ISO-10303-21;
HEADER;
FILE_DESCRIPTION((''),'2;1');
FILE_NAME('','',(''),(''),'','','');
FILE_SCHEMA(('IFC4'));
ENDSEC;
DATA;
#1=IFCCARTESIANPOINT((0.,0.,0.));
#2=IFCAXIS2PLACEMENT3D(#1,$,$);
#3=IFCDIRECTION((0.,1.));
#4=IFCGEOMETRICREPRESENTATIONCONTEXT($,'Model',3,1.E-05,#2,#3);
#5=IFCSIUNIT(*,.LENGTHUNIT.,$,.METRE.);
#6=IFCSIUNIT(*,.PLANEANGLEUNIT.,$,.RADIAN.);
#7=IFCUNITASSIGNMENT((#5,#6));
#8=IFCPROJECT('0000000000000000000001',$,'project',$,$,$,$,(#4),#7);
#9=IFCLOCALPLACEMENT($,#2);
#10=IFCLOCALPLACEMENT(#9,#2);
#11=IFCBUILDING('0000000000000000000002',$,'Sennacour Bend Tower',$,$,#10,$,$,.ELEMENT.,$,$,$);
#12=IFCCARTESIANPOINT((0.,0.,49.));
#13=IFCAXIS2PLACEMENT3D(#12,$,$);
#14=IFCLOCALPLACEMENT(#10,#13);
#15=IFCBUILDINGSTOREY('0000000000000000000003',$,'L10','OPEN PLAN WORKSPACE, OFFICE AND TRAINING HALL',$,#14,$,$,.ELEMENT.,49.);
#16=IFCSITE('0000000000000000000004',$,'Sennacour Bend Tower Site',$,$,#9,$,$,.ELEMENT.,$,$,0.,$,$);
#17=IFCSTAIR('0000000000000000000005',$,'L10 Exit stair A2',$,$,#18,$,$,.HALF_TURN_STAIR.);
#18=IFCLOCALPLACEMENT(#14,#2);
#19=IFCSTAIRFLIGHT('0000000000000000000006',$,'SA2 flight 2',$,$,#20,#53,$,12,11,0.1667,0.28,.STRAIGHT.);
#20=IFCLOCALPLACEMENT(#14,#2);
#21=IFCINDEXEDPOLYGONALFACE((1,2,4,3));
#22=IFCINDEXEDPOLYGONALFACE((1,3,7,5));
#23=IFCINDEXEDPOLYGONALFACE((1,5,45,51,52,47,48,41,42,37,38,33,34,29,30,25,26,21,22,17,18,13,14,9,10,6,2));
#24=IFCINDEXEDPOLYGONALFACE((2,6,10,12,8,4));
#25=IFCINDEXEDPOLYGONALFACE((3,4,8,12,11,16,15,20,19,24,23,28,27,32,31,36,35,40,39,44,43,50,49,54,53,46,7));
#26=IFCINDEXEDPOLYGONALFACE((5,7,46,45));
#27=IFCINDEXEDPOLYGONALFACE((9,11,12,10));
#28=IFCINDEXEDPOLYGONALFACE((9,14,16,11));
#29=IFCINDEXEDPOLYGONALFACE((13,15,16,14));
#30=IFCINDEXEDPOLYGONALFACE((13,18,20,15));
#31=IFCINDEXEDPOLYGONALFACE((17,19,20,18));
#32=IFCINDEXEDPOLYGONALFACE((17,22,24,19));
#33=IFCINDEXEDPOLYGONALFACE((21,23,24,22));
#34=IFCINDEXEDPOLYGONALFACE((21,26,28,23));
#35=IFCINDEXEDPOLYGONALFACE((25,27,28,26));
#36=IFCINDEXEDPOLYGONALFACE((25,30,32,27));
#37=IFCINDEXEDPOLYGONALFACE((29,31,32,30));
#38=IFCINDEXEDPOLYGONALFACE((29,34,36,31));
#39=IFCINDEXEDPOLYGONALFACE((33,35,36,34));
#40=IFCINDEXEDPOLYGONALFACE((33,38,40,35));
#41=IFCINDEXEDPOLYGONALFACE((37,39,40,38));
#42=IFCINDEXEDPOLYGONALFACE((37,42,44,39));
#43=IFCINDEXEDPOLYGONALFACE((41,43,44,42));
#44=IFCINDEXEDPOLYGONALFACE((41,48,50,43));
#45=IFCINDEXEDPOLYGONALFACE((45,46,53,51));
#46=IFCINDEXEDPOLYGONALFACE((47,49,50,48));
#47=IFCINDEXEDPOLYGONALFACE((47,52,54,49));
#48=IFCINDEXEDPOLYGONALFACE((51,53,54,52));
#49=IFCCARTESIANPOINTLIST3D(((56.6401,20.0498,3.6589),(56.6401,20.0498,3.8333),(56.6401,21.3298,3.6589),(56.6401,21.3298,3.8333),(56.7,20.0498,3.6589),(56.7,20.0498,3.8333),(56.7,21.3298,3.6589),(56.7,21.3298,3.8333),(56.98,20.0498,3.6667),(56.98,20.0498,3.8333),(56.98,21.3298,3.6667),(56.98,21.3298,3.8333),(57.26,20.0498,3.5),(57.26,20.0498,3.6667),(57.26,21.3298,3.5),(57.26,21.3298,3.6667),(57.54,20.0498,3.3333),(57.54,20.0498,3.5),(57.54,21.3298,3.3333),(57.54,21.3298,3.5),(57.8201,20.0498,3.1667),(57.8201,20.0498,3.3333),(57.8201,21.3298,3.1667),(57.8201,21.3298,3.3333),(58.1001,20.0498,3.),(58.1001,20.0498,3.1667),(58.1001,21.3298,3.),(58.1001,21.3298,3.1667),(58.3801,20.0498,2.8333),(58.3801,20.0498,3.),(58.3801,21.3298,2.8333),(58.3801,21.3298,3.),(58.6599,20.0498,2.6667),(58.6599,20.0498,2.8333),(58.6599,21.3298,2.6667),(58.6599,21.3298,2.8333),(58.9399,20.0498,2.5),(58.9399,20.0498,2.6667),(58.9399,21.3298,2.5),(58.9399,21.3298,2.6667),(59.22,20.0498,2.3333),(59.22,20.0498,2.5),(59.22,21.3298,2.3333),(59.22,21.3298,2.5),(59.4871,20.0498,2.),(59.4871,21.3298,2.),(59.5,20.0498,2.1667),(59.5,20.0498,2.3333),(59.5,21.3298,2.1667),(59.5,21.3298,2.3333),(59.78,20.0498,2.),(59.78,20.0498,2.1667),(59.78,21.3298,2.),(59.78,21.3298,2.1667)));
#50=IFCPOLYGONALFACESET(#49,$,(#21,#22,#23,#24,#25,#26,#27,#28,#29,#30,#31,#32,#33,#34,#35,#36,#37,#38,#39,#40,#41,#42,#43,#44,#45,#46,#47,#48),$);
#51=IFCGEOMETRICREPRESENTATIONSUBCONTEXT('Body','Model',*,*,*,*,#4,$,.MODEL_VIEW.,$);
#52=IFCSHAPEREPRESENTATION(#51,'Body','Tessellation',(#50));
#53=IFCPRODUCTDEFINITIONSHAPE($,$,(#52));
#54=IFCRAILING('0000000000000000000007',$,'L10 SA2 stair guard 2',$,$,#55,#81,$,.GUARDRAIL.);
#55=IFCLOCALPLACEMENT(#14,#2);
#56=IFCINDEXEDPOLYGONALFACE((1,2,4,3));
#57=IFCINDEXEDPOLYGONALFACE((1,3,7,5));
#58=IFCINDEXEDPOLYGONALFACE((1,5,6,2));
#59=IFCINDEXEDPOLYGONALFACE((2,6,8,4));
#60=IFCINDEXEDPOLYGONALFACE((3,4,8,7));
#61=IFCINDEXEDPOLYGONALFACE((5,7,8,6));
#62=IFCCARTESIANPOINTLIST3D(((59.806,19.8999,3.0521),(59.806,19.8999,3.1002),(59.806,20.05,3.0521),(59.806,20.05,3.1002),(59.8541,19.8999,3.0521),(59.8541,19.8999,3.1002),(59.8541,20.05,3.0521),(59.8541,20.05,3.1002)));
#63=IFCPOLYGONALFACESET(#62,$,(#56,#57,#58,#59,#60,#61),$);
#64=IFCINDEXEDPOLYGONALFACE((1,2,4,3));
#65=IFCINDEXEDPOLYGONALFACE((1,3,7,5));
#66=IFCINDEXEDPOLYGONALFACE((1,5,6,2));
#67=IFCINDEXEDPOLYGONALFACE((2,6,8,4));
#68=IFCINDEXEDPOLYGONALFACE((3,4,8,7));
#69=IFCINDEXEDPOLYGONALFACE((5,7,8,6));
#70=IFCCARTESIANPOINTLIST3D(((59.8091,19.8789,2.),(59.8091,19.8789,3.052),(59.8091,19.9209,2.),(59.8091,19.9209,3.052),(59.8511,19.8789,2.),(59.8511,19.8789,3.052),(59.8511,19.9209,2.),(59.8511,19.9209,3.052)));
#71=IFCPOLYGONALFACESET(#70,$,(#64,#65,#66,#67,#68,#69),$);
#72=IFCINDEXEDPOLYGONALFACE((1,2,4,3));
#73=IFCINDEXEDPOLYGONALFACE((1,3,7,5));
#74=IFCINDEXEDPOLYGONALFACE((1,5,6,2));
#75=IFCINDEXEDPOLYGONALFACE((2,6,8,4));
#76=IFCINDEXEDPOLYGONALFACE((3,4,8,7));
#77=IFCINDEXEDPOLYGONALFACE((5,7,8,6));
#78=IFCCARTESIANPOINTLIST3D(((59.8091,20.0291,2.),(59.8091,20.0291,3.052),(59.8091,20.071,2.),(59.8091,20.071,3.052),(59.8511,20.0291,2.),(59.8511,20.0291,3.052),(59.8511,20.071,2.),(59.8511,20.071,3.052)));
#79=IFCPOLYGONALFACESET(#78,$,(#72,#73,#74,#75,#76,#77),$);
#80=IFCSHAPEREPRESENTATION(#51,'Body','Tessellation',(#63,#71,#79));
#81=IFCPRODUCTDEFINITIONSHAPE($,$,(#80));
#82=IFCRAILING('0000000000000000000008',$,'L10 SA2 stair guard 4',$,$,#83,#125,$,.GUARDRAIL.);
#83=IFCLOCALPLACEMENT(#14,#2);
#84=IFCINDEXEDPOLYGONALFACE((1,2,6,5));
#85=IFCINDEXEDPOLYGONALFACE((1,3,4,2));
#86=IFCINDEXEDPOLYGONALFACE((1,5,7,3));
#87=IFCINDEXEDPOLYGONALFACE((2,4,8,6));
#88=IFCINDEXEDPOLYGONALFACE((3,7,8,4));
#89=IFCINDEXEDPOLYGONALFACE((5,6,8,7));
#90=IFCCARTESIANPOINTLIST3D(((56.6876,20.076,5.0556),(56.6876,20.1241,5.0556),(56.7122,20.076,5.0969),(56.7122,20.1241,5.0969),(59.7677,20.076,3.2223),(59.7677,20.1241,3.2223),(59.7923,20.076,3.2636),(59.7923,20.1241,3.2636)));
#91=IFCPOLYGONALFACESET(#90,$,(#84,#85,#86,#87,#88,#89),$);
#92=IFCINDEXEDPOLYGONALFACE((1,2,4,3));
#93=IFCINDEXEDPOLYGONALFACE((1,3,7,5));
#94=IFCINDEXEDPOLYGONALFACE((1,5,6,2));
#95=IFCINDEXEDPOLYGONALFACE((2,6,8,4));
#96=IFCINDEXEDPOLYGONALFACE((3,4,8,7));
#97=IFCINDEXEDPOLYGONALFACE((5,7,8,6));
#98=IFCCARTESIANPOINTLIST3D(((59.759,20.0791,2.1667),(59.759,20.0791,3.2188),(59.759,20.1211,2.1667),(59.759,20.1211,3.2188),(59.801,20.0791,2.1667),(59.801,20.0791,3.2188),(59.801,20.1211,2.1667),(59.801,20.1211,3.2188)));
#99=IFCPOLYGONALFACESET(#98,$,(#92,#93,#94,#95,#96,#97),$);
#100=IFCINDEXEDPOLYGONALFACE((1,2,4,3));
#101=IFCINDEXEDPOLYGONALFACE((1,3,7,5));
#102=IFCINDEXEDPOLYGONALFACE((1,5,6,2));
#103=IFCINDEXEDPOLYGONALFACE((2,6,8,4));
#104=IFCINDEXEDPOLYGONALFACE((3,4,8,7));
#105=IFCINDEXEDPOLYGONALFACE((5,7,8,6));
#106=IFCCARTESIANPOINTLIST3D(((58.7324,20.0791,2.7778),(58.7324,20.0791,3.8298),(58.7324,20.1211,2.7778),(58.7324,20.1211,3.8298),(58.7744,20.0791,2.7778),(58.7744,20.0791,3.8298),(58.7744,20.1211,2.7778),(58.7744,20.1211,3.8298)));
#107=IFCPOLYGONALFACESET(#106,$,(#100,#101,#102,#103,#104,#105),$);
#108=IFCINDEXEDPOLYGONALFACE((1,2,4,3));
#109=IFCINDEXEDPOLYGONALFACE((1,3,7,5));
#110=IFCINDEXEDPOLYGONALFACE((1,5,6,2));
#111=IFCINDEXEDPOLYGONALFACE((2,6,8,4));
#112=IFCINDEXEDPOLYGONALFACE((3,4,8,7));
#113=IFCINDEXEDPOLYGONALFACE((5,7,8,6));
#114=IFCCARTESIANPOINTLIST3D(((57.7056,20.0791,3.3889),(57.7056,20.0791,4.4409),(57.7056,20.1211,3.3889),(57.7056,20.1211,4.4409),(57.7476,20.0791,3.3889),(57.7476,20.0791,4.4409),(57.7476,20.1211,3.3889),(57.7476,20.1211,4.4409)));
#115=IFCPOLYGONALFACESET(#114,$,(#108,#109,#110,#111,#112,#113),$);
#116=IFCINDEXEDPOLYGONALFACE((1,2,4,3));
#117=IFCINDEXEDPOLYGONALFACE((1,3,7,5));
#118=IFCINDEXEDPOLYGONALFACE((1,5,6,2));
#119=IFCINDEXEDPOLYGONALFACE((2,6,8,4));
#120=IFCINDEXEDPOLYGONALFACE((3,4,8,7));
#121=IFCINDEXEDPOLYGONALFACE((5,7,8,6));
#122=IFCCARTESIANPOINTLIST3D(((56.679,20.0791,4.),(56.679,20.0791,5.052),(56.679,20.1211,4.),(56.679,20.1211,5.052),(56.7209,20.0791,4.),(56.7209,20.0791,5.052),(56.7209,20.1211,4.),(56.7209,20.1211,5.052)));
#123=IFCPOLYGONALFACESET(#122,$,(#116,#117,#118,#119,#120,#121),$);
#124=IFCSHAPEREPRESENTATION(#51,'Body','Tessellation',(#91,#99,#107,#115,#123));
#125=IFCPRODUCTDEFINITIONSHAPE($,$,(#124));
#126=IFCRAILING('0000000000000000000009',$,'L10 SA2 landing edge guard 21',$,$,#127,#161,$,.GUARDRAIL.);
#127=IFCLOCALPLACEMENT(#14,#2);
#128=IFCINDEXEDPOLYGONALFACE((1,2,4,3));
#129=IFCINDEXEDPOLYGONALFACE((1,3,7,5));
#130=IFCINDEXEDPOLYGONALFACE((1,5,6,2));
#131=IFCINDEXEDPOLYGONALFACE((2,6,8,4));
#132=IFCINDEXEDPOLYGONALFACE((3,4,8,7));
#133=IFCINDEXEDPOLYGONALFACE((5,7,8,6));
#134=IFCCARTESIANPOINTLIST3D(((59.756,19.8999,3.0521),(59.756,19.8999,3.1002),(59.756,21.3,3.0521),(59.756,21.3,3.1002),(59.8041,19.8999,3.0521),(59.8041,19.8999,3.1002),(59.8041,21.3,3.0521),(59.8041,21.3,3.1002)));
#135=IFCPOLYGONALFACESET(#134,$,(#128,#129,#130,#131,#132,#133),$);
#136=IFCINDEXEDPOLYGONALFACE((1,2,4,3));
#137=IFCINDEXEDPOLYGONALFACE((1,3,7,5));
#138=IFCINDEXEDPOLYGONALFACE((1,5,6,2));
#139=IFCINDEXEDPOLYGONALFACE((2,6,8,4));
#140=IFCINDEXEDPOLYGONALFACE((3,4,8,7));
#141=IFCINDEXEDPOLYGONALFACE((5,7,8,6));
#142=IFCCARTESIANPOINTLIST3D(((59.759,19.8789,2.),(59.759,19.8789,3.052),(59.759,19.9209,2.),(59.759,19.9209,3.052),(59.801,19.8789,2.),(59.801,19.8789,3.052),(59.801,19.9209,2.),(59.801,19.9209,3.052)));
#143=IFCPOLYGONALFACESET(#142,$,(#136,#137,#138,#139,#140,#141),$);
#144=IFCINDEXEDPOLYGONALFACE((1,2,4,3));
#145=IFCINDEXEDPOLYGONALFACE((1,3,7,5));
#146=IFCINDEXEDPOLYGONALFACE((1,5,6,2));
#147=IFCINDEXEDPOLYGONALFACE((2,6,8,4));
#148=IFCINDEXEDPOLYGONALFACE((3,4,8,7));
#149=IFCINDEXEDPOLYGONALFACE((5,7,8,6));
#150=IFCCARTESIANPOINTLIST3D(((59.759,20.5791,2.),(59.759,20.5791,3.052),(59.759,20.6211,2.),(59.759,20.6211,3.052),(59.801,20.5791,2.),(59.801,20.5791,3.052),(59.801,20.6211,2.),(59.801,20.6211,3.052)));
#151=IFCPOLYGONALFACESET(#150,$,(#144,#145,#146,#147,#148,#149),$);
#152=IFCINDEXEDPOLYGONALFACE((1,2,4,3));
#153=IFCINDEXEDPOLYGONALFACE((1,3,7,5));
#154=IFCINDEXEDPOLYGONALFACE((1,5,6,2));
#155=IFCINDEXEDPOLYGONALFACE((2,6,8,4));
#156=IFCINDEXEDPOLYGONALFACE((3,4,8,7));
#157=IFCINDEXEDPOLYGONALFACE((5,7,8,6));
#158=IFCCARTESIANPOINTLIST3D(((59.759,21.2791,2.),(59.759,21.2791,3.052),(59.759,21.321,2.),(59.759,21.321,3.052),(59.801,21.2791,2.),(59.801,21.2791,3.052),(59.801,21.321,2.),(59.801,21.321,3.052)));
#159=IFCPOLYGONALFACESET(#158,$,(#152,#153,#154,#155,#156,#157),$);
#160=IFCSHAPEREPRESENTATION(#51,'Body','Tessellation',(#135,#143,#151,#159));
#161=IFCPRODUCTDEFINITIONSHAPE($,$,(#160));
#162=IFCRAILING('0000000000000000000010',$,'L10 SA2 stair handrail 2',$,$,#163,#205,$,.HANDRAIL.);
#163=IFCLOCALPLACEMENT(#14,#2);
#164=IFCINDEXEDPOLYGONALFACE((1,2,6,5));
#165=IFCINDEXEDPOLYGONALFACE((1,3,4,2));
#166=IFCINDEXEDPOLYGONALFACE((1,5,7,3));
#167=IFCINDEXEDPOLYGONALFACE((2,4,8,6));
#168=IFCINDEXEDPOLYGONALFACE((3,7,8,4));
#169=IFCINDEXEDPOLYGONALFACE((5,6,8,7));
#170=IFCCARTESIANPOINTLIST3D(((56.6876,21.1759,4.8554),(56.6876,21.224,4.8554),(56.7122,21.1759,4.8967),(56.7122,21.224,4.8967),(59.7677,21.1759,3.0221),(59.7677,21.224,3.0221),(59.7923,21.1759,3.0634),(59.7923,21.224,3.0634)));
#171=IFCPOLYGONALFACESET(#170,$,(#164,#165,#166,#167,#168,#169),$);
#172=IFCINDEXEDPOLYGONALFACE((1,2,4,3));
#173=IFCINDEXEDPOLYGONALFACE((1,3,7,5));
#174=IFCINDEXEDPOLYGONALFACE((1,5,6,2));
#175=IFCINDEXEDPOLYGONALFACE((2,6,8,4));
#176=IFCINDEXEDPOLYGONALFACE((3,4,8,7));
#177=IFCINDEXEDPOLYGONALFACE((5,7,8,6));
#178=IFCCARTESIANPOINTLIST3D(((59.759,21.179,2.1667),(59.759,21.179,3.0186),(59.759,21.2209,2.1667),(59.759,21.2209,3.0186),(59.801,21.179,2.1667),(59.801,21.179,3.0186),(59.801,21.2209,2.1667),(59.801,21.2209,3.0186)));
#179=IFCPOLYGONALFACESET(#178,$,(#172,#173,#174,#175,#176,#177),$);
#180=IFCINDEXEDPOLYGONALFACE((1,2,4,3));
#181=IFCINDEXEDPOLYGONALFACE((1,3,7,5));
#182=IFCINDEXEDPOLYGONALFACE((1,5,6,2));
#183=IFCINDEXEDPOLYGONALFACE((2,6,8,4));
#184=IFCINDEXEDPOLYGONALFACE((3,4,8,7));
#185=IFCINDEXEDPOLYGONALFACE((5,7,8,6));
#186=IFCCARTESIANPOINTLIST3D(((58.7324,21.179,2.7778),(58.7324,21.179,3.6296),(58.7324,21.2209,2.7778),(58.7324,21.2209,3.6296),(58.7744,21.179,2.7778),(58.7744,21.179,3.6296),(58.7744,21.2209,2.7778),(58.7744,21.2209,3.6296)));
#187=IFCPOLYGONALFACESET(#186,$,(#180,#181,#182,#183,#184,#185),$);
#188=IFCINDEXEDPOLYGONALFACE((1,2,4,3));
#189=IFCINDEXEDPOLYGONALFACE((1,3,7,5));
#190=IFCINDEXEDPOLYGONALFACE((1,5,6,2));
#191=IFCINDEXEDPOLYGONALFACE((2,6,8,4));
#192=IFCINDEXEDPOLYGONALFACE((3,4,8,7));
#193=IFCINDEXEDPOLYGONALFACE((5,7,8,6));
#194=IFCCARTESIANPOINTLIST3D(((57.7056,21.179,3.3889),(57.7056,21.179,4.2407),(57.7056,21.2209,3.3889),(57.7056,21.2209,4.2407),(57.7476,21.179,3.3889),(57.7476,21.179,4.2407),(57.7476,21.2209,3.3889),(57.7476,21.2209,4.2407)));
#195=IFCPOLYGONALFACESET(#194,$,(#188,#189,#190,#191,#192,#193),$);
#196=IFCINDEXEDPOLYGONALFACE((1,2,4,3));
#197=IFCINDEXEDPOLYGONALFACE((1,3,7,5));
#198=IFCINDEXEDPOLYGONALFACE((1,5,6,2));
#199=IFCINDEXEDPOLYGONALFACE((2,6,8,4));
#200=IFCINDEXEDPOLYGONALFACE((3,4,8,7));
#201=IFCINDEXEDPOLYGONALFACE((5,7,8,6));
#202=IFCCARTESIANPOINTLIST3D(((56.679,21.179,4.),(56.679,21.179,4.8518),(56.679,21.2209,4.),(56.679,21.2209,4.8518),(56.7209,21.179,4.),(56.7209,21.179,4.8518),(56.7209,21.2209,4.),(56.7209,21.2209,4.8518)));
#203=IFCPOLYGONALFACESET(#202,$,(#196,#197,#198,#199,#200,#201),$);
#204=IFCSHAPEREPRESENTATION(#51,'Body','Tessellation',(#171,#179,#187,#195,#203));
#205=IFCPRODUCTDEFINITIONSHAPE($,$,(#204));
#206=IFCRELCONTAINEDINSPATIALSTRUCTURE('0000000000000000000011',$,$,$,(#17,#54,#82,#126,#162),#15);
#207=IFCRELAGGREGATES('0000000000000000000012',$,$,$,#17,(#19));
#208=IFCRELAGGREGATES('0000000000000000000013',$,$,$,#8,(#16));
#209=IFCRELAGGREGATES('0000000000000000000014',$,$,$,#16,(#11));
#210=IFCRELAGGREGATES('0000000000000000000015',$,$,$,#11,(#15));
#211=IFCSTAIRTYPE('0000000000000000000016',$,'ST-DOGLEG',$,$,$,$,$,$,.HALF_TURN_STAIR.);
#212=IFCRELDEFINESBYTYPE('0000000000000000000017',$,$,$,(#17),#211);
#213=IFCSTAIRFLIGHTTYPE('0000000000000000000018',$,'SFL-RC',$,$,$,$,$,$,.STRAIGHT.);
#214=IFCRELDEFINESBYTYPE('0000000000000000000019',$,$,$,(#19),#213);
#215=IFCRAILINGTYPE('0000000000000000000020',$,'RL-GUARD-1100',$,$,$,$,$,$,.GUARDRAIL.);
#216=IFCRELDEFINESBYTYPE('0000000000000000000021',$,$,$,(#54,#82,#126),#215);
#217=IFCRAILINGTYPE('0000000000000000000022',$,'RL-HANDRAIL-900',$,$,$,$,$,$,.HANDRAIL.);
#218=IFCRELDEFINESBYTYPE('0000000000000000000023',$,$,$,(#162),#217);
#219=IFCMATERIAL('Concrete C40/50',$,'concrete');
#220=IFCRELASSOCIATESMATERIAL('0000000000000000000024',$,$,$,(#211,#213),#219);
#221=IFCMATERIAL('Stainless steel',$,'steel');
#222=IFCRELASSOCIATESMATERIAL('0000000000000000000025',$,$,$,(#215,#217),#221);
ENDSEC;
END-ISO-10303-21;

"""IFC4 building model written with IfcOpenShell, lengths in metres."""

from ifc_helpers import new_model, si_unit, direction, frame, origin, origin_2d, place, context, subcontext, project, spatial, polyline, rectangle, outline, extrude, material, type_object, element, aggregate, save


model = new_model("IFC4")

# Units and contexts
model_context = context("Model", 3, precision=1e-05, world=origin(), true_north=direction((0.0, 1.0)))
body_context = subcontext(model_context, "Body", "Model", "MODEL_VIEW")
ifc_project = project(units=[si_unit("LENGTHUNIT", "METRE"), si_unit("PLANEANGLEUNIT", "RADIAN")], contexts=[model_context])

# Site, building, storey
site_placement = place(None, origin())
site = spatial("IfcSite", under=ifc_project, at=site_placement, Name="Sennacour Bend Tower Site", CompositionType="ELEMENT", RefElevation=0.0)
building_placement = place(site_placement, origin())
building = spatial("IfcBuilding", under=site, at=building_placement, Name="Sennacour Bend Tower", CompositionType="ELEMENT")
storey_placement = place(building_placement, frame((0.0, 0.0, 49.0)))
storey = spatial("IfcBuildingStorey", under=building, at=storey_placement, Name="L10", Description="OPEN PLAN WORKSPACE, OFFICE AND TRAINING HALL", CompositionType="ELEMENT", Elevation=49.0)

# Shared definitions
ifc_material_1 = material(Name="Stainless steel", Category="steel")

# Stair, stair flight
ifc_material_2 = material(Name="Concrete C40/50", Category="concrete")
stair_type = type_object("IfcStairType", Name="ST-DOGLEG", PredefinedType="HALF_TURN_STAIR", material=ifc_material_2)
stair_placement = place(storey_placement, origin())
stair = element("IfcStair", 1, at=stair_placement, inside=storey, type_object=stair_type, Name="L10 Exit stair A2", PredefinedType="HALF_TURN_STAIR")
stair_flight_type = type_object("IfcStairFlightType", Name="SFL-RC", PredefinedType="STRAIGHT", material=ifc_material_2)
stair_flight_placement = place(storey_placement, frame((59.78, 20.6899, 2.0), z_axis=(0.0, 0.0, 1.0), x_axis=(-1.0, 0.0, 0.0)))
stair_flight = element("IfcStairFlight", 2, at=stair_flight_placement, type_object=stair_flight_type, Name="SA2 flight 2", NumberOfRisers=12, NumberOfTreads=11, PredefinedType="STRAIGHT", RiserHeight=0.1667, TreadLength=0.28, context=body_context, shape_type="SweptSolid", body=[
    extrude(outline(polyline([(0.0, 0.0), (0.0, 0.1667), (0.28, 0.1667), (0.28, 0.3333), (0.5601, 0.3333), (0.5601, 0.5), (0.8401, 0.5), (0.8401, 0.6667), (1.1201, 0.6667), (1.1201, 0.8333), (1.3999, 0.8333), (1.3999, 1.0), (1.6799, 1.0), (1.6799, 1.1667), (1.96, 1.1667), (1.96, 1.3333), (2.24, 1.3333), (2.24, 1.5), (2.52, 1.5), (2.52, 1.6667), (2.8, 1.6667), (2.8, 1.8333), (3.0801, 1.8333), (3.1399, 1.8333), (3.1399, 1.6589), (3.0801, 1.6589), (0.293, 0.0), (0.0, 0.0)])), frame((0.0, 0.6401, 0.0), z_axis=(0.0, -1.0, 0.0), x_axis=(1.0, 0.0, 0.0)), (0.0, 0.0, 1.0), 1.28),
])
aggregate(stair, [stair_flight])

# Railings
railing_type_1 = type_object("IfcRailingType", Name="RL-GUARD-1100", PredefinedType="GUARDRAIL", material=ifc_material_1)
railing_1_placement = place(storey_placement, frame((59.8301, 19.8999, 2.0)))
element("IfcRailing", 3, at=railing_1_placement, inside=storey, type_object=railing_type_1, Name="L10 SA2 stair guard 2", PredefinedType="GUARDRAIL", context=body_context, shape_type="SweptSolid", body=[
    extrude(rectangle(XDim=0.0481, YDim=0.0481, at=origin_2d()), frame((0.0, 0.0, 1.0762), z_axis=(0.0, 1.0, 0.0), x_axis=(-1.0, 0.0, 0.0)), (0.0, 0.0, 1.0), 0.1501),
    extrude(rectangle(XDim=0.042, YDim=0.042, at=origin_2d()), origin(), (0.0, 0.0, 1.0), 1.052),
    extrude(rectangle(XDim=0.042, YDim=0.042, at=origin_2d()), frame((0.0, 0.1501, 0.0)), (0.0, 0.0, 1.0), 1.052),
])
railing_2_placement = place(storey_placement, frame((59.78, 20.1001, 2.1667)))
element("IfcRailing", 4, at=railing_2_placement, inside=storey, type_object=railing_type_1, Name="L10 SA2 stair guard 4", PredefinedType="GUARDRAIL", context=body_context, shape_type="SweptSolid", body=[
    extrude(rectangle(XDim=0.0481, YDim=0.0481, at=origin_2d()), frame((0.0, 0.0, 1.0762), z_axis=(-0.859309, 0.0, 0.511458), x_axis=(0.0, -1.0, 0.0)), (0.0, 0.0, 1.0), 3.5845),
    extrude(rectangle(XDim=0.042, YDim=0.042, at=origin_2d()), origin(), (0.0, 0.0, 1.0), 1.052),
    extrude(rectangle(XDim=0.042, YDim=0.042, at=origin_2d()), frame((-1.0266, 0.0, 0.6111)), (0.0, 0.0, 1.0), 1.052),
    extrude(rectangle(XDim=0.042, YDim=0.042, at=origin_2d()), frame((-2.0535, 0.0, 1.2222)), (0.0, 0.0, 1.0), 1.052),
    extrude(rectangle(XDim=0.042, YDim=0.042, at=origin_2d()), frame((-3.0801, 0.0, 1.8333)), (0.0, 0.0, 1.0), 1.052),
])
railing_3_placement = place(storey_placement, frame((59.78, 19.8999, 2.0)))
element("IfcRailing", 5, at=railing_3_placement, inside=storey, type_object=railing_type_1, Name="L10 SA2 landing edge guard 21", PredefinedType="GUARDRAIL", context=body_context, shape_type="SweptSolid", body=[
    extrude(rectangle(XDim=0.0481, YDim=0.0481, at=origin_2d()), frame((0.0, 0.0, 1.0762), z_axis=(0.0, 1.0, 0.0), x_axis=(-1.0, 0.0, 0.0)), (0.0, 0.0, 1.0), 1.4001),
    extrude(rectangle(XDim=0.042, YDim=0.042, at=origin_2d()), origin(), (0.0, 0.0, 1.0), 1.052),
    extrude(rectangle(XDim=0.042, YDim=0.042, at=origin_2d()), frame((0.0, 0.7002, 0.0)), (0.0, 0.0, 1.0), 1.052),
    extrude(rectangle(XDim=0.042, YDim=0.042, at=origin_2d()), frame((0.0, 1.4001, 0.0)), (0.0, 0.0, 1.0), 1.052),
])
railing_type_2 = type_object("IfcRailingType", Name="RL-HANDRAIL-900", PredefinedType="HANDRAIL", material=ifc_material_1)
railing_4_placement = place(storey_placement, frame((59.78, 21.2, 2.1667)))
element("IfcRailing", 6, at=railing_4_placement, inside=storey, type_object=railing_type_2, Name="L10 SA2 stair handrail 2", PredefinedType="HANDRAIL", context=body_context, shape_type="SweptSolid", body=[
    extrude(rectangle(XDim=0.0481, YDim=0.0481, at=origin_2d()), frame((0.0, 0.0, 0.876), z_axis=(-0.859309, 0.0, 0.511458), x_axis=(0.0, -1.0, 0.0)), (0.0, 0.0, 1.0), 3.5845),
    extrude(rectangle(XDim=0.042, YDim=0.042, at=origin_2d()), origin(), (0.0, 0.0, 1.0), 0.8518),
    extrude(rectangle(XDim=0.042, YDim=0.042, at=origin_2d()), frame((-1.0266, 0.0, 0.6111)), (0.0, 0.0, 1.0), 0.8518),
    extrude(rectangle(XDim=0.042, YDim=0.042, at=origin_2d()), frame((-2.0535, 0.0, 1.2222)), (0.0, 0.0, 1.0), 0.8518),
    extrude(rectangle(XDim=0.042, YDim=0.042, at=origin_2d()), frame((-3.0801, 0.0, 1.8333)), (0.0, 0.0, 1.0), 0.8518),
])

save(model, "model.ifc")
